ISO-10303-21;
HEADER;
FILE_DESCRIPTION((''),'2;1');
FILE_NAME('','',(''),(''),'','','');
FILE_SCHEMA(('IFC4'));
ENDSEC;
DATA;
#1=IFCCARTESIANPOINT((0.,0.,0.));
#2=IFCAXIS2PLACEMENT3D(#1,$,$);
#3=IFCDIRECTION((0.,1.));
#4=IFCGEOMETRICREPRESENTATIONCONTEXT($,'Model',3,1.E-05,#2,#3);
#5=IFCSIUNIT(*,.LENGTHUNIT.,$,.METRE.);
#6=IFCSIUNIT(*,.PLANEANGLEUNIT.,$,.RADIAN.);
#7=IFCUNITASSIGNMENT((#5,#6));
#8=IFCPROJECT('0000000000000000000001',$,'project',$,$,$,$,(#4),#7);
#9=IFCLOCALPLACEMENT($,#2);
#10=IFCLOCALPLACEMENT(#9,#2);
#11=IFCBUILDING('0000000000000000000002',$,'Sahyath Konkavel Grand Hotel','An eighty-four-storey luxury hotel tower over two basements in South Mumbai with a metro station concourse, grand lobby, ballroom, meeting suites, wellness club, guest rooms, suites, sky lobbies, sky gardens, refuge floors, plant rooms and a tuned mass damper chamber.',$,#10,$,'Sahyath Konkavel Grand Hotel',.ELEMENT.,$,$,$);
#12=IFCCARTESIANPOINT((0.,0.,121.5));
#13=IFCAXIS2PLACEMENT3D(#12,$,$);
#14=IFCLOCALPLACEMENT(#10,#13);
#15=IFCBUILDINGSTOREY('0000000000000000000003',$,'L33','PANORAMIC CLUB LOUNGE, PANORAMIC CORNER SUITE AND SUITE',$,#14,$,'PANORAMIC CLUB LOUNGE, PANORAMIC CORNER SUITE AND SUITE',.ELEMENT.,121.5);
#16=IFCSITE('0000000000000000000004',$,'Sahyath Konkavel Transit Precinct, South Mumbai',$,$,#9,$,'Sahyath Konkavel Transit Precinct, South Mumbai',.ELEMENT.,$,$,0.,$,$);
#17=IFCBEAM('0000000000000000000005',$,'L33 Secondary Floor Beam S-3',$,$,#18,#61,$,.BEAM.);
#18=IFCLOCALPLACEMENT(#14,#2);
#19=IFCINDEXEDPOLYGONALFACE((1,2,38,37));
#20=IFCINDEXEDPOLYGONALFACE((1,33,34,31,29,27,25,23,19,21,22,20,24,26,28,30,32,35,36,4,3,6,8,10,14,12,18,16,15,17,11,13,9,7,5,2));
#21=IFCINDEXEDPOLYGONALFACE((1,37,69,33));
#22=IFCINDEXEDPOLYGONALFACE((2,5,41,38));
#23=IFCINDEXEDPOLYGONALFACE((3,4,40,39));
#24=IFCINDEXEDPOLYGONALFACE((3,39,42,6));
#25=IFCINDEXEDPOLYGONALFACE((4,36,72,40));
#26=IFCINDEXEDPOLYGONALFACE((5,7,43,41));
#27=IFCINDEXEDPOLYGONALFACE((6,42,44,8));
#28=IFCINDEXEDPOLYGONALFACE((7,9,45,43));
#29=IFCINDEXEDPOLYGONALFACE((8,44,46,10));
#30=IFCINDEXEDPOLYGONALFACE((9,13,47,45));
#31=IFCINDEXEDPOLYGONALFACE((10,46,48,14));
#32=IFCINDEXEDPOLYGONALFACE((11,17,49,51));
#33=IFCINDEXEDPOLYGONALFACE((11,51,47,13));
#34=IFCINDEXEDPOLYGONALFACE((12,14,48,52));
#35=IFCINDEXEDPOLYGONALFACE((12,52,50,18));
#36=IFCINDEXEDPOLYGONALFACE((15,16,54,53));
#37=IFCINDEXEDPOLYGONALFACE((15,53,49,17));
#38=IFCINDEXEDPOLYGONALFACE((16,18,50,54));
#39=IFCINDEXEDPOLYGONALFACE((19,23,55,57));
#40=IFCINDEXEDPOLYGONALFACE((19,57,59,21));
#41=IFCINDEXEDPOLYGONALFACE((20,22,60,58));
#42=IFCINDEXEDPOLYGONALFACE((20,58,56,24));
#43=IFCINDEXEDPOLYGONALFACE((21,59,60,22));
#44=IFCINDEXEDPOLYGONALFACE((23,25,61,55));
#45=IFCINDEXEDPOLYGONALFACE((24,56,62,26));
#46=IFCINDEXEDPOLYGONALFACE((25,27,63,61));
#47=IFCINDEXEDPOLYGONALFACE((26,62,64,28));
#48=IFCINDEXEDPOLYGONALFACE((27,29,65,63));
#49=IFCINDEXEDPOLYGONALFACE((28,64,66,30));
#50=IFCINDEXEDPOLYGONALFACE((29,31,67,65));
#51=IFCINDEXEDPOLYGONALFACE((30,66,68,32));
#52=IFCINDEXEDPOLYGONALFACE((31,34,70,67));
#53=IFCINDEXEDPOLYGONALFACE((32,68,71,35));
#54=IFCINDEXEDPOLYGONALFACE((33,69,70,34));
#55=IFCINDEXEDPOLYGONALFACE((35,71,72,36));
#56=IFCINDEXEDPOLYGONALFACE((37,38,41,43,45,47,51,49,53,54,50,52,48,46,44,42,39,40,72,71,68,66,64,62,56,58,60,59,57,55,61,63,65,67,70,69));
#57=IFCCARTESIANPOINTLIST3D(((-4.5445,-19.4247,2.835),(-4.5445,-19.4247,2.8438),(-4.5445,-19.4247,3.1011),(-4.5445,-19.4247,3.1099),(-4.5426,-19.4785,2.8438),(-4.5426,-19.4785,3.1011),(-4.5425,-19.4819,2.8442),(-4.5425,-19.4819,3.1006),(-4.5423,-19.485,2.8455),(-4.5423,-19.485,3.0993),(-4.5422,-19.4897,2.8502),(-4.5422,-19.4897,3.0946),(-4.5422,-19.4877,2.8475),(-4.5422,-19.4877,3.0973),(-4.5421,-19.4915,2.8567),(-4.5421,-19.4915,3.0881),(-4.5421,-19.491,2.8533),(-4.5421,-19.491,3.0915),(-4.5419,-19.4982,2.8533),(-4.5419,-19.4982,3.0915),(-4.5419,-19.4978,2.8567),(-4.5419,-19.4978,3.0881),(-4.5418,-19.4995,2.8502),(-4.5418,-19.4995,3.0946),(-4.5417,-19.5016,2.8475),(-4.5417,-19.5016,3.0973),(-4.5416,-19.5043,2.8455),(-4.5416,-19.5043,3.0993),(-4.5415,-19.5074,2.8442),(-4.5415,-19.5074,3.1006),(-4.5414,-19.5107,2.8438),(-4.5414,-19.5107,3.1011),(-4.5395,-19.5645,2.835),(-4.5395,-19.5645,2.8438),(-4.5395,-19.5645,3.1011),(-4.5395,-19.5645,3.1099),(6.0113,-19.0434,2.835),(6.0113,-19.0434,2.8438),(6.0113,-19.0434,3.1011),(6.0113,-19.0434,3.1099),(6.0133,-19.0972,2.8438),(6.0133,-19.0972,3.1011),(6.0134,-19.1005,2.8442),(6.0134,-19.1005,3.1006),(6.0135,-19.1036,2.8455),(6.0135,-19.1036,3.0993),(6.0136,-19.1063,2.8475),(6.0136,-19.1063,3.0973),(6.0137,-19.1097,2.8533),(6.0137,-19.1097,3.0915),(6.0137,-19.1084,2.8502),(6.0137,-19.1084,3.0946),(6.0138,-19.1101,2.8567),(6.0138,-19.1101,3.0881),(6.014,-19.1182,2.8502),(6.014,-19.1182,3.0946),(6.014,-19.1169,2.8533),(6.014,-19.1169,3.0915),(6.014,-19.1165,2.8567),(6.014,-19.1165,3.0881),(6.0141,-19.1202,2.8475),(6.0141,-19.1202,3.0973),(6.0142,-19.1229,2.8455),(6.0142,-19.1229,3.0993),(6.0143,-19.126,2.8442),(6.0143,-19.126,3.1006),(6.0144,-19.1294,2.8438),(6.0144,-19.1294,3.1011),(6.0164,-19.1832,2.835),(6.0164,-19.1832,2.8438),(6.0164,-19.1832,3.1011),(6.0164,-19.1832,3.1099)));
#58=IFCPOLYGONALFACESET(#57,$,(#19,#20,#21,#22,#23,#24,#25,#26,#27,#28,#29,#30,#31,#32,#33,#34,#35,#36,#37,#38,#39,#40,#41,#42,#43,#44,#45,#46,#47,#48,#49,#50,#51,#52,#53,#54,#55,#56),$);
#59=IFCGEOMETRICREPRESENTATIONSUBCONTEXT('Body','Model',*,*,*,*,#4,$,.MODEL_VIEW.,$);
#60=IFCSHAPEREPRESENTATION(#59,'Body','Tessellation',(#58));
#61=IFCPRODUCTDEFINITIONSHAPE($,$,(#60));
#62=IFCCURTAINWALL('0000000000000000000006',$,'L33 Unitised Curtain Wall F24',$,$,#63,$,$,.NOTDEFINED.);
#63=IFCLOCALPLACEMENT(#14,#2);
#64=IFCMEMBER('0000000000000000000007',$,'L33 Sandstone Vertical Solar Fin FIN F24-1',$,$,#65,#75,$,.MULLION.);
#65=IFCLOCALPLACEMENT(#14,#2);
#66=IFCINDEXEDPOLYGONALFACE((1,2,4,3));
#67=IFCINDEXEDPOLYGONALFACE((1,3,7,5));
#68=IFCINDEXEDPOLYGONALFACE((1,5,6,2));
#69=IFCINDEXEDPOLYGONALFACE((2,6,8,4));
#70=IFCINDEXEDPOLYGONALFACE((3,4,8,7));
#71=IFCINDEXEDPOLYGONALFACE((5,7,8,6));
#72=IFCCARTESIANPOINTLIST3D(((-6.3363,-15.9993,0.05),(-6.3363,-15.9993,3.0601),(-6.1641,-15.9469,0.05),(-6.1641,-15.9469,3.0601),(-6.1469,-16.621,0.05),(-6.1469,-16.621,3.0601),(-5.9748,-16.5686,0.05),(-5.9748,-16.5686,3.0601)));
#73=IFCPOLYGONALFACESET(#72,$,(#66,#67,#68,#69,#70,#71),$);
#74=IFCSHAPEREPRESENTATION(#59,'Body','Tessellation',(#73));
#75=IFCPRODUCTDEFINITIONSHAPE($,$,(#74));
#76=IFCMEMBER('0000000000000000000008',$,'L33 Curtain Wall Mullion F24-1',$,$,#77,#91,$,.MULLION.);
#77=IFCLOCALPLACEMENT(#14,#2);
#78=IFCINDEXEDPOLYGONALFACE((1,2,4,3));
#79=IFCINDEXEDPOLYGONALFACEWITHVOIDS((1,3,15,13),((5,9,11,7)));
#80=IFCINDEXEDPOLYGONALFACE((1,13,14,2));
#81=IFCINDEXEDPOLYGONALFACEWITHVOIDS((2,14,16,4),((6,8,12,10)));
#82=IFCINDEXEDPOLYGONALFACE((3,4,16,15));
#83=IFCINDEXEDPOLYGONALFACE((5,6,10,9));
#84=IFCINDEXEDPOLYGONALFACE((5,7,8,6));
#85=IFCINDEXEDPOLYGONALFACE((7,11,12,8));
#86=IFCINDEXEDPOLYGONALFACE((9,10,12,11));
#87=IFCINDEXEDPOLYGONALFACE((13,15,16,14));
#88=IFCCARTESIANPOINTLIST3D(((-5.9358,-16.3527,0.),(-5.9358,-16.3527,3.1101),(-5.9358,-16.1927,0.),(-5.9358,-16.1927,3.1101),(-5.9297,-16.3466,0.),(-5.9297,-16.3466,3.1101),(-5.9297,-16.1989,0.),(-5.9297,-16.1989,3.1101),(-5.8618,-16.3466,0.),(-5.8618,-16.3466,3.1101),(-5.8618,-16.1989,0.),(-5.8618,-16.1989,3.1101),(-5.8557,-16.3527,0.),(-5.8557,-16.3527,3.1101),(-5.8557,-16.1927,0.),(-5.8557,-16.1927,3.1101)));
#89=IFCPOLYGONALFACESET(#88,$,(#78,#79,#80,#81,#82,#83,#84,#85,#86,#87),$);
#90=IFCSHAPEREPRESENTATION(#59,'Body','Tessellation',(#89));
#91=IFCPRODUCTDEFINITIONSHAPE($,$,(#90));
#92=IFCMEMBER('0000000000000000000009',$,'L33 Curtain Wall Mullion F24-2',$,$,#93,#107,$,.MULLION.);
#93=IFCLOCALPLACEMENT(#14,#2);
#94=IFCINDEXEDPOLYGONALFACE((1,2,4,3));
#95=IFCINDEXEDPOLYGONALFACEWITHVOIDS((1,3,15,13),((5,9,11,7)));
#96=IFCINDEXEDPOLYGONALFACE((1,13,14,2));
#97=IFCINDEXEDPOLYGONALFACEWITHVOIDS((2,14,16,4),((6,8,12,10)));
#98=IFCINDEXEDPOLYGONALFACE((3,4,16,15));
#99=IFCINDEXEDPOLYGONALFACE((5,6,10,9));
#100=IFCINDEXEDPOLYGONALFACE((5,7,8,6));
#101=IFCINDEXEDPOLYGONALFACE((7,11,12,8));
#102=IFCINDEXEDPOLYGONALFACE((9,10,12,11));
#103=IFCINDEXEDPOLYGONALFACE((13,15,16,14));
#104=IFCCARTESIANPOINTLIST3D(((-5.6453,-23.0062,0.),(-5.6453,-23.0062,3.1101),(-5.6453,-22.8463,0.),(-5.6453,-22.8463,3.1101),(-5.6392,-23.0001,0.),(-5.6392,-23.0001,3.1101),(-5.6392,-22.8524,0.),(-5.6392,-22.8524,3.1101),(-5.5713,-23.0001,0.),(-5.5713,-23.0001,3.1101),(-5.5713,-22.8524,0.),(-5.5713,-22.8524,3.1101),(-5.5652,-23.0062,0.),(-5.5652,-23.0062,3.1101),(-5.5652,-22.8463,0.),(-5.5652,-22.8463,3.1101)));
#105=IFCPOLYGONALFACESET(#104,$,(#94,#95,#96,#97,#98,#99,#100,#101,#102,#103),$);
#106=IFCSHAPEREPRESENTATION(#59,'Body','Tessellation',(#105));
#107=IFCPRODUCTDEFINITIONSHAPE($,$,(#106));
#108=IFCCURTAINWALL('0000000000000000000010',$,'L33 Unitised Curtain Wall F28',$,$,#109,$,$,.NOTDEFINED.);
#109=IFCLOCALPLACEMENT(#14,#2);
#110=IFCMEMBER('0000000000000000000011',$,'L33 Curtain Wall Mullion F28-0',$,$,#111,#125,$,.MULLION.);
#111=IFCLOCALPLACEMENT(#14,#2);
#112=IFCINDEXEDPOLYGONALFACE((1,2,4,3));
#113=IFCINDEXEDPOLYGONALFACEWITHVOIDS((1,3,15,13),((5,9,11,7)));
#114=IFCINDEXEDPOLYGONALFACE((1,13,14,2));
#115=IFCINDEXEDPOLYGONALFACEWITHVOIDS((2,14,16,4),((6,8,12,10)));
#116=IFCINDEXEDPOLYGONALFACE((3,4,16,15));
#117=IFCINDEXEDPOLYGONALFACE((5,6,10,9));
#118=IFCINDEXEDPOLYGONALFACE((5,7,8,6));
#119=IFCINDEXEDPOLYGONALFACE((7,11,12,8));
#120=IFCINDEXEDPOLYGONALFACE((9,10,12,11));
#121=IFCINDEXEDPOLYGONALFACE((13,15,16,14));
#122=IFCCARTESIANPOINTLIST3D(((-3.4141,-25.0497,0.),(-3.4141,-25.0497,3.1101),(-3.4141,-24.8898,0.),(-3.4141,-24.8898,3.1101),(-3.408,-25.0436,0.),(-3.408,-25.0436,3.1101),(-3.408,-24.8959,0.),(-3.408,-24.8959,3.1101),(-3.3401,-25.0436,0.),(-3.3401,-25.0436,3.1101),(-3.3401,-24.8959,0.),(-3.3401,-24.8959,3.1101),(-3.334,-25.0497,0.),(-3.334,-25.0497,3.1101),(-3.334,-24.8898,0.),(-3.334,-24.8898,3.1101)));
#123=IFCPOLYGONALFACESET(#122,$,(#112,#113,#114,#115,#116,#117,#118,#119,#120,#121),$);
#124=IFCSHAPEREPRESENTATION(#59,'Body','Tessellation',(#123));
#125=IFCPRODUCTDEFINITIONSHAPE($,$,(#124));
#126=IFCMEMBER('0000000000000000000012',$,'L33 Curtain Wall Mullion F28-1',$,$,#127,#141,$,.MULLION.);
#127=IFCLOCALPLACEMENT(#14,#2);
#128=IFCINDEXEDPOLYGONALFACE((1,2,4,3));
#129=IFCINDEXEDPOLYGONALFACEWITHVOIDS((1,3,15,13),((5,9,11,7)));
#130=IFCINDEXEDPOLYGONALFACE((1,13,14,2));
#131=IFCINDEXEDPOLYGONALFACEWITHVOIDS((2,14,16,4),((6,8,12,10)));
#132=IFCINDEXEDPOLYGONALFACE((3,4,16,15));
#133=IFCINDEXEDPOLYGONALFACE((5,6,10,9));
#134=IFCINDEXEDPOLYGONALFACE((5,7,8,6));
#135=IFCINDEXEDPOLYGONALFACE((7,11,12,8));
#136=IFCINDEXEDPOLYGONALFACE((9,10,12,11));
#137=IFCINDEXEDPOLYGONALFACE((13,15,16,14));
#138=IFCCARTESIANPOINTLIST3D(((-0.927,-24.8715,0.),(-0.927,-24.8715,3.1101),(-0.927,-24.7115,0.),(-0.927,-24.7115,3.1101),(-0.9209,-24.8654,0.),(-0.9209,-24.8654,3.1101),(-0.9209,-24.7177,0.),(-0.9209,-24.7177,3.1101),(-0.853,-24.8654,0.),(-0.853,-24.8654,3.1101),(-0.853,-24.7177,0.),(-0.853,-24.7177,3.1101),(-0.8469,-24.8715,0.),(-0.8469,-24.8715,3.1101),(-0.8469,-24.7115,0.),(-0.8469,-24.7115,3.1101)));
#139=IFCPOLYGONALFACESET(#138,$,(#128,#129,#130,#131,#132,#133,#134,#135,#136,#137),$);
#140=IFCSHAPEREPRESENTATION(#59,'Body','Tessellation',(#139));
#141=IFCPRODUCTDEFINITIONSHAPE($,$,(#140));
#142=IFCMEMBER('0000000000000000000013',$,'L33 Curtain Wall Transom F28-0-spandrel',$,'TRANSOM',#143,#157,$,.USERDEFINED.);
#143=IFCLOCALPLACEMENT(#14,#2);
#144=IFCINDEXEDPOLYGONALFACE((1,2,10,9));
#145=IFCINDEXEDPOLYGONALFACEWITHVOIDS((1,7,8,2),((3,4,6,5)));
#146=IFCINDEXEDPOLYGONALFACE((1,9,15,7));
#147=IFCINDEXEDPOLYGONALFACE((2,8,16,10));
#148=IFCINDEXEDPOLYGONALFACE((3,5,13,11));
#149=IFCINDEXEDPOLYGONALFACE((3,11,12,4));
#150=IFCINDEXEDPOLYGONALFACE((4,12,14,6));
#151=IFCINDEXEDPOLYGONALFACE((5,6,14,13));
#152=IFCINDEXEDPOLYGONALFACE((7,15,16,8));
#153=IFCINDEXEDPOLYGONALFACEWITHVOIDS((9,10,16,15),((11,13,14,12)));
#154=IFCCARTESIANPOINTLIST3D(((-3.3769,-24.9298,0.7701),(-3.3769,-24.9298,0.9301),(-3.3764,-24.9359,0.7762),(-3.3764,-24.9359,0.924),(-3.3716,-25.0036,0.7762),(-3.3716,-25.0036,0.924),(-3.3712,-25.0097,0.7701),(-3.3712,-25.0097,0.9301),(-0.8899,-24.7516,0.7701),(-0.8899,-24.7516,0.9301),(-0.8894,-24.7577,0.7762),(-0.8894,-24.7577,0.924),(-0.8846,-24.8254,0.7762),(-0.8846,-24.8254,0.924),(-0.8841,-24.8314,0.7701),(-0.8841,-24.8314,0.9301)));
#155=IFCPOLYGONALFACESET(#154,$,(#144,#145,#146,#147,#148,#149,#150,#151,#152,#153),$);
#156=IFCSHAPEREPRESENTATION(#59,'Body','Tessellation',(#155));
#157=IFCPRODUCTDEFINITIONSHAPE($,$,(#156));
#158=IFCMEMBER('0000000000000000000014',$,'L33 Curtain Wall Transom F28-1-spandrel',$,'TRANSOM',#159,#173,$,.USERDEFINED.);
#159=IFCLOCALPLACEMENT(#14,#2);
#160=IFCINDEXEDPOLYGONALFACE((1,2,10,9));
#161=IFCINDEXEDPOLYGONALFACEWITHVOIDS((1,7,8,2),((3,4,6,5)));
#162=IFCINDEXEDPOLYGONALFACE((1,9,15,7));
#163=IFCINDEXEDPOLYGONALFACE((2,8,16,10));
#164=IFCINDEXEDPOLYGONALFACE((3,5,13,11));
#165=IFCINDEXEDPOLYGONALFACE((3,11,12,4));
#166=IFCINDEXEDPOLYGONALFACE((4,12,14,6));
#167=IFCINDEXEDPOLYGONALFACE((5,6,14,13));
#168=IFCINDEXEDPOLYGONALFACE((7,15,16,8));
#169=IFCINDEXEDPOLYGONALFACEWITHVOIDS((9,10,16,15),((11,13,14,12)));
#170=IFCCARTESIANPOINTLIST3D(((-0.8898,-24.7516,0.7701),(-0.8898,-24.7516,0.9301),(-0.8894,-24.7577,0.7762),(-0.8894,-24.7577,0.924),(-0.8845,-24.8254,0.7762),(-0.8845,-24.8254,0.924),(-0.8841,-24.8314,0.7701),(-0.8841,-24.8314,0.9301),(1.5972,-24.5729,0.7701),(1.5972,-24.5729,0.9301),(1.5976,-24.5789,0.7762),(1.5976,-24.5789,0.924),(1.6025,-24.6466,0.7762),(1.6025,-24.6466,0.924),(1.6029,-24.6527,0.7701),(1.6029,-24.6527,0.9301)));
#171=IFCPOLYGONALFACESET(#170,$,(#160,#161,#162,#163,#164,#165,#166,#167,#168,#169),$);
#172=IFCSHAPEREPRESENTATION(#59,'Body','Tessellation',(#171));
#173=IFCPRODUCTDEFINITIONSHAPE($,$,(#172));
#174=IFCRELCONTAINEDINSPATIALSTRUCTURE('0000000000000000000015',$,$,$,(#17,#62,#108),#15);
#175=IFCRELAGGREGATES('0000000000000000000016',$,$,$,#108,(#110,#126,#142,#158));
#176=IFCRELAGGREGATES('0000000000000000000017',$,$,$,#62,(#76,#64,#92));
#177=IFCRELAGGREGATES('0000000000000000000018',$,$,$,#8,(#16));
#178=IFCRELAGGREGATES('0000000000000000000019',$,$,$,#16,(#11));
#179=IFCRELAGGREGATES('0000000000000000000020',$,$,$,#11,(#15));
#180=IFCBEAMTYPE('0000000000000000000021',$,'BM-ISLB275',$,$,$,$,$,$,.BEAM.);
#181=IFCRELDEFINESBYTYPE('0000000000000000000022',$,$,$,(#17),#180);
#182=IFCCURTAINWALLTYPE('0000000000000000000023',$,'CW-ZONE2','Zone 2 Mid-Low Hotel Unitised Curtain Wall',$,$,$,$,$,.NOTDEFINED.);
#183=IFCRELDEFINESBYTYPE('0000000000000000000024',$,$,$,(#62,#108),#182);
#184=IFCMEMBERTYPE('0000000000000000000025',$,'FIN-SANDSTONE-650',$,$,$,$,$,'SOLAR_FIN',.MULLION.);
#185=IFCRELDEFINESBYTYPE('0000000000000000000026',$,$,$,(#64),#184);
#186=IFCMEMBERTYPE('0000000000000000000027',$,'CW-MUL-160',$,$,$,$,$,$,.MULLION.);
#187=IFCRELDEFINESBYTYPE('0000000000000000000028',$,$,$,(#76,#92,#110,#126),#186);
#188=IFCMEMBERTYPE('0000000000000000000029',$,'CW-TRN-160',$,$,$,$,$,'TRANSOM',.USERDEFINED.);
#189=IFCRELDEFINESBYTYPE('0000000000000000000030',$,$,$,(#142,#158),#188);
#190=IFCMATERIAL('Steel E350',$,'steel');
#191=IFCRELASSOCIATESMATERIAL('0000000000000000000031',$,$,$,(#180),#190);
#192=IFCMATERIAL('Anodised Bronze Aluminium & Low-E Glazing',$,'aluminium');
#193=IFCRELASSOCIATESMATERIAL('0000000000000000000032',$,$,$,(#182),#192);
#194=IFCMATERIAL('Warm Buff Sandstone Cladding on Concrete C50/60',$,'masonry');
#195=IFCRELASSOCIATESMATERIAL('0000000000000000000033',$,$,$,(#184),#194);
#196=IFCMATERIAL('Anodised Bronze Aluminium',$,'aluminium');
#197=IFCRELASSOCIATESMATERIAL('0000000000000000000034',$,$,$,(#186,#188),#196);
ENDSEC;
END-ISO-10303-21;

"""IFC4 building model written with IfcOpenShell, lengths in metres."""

from ifc_helpers import new_model, si_unit, direction, frame, origin, origin_2d, place, context, subcontext, project, spatial, rectangle, hollow_rectangle, i_section, extrude, source, transform, mapped, material, material_profile, profile_set, type_object, element, aggregate, save


model = new_model("IFC4")

# Units and contexts
model_context = context("Model", 3, precision=1e-05, world=origin(), true_north=direction((0.0, 1.0)))
body_context = subcontext(model_context, "Body", "Model", "MODEL_VIEW")
ifc_project = project(units=[si_unit("LENGTHUNIT", "METRE"), si_unit("PLANEANGLEUNIT", "RADIAN")], contexts=[model_context])

# Site, building, storey
site_placement = place(None, origin())
site = spatial("IfcSite", under=ifc_project, at=site_placement, Name="Sahyath Konkavel Transit Precinct, South Mumbai", LongName="Sahyath Konkavel Transit Precinct, South Mumbai", CompositionType="ELEMENT", RefElevation=0.0)
building_placement = place(site_placement, origin())
building = spatial("IfcBuilding", under=site, at=building_placement, Name="Sahyath Konkavel Grand Hotel", Description="An eighty-four-storey luxury hotel tower over two basements in South Mumbai with a metro station concourse, grand lobby, ballroom, meeting suites, wellness club, guest rooms, suites, sky lobbies, sky gardens, refuge floors, plant rooms and a tuned mass damper chamber.", LongName="Sahyath Konkavel Grand Hotel", CompositionType="ELEMENT")
storey_placement = place(building_placement, frame((0.0, 0.0, 121.5)))
storey = spatial("IfcBuildingStorey", under=building, at=storey_placement, Name="L33", Description="PANORAMIC CLUB LOUNGE, PANORAMIC CORNER SUITE AND SUITE", LongName="PANORAMIC CLUB LOUNGE, PANORAMIC CORNER SUITE AND SUITE", CompositionType="ELEMENT", Elevation=121.5)

# Beam
ifc_material_1 = material(Name="Steel E350", Category="steel")
ifc_material_profile_1 = material_profile(ifc_material_1, i_section(OverallWidth=0.1399, OverallDepth=0.2749, WebThickness=0.0063, FlangeThickness=0.0088, FilletRadius=0.0129, at=origin_2d()), Name="ISLB 275")
ifc_profile_set_1 = profile_set([ifc_material_profile_1], Name="Steel E350")
beam_type_1 = type_object("IfcBeamType", Name="BM-ISLB275", PredefinedType="BEAM", material=ifc_profile_set_1)
shared_shape_1 = source(origin(), body_context, "Body", "SweptSolid", [
    extrude(i_section(OverallWidth=0.1399, OverallDepth=0.2749, WebThickness=0.0063, FlangeThickness=0.0088, FilletRadius=0.0129, at=origin_2d()), origin(), (0.0, 0.0, 1.0), 10.5627),
])
beam_1_placement = place(storey_placement, frame((-4.542, -19.4946, 2.9724), z_axis=(0.999348, 0.036103, 0.0), x_axis=(-0.036103, 0.999348, 0.0)))
element("IfcBeam", 1, at=beam_1_placement, inside=storey, type_object=beam_type_1, Name="L33 Secondary Floor Beam S-3", PredefinedType="BEAM", context=body_context, shape_type="MappedRepresentation", body=[
    mapped(shared_shape_1, transform((0.0, 0.0, 0.0), scale=1.0)),
])

# Curtain walls, members
ifc_material_2 = material(Name="Anodised Bronze Aluminium & Low-E Glazing", Category="aluminium")
curtain_wall_type = type_object("IfcCurtainWallType", Name="CW-ZONE2", Description="Zone 2 Mid-Low Hotel Unitised Curtain Wall", PredefinedType="NOTDEFINED", material=ifc_material_2)
curtain_wall_1_placement = place(storey_placement, origin())
curtain_wall_1 = element("IfcCurtainWall", 2, at=curtain_wall_1_placement, inside=storey, type_object=curtain_wall_type, Name="L33 Unitised Curtain Wall F24", PredefinedType="NOTDEFINED")
ifc_material_3 = material(Name="Warm Buff Sandstone Cladding on Concrete C50/60", Category="masonry")
ifc_material_profile_2 = material_profile(ifc_material_3, rectangle(XDim=0.1799, YDim=0.6499, at=origin_2d()), Name="FIN 180x650")
ifc_profile_set_2 = profile_set([ifc_material_profile_2], Name="Warm Buff Sandstone Cladding on Concrete C50/60")
member_type_1 = type_object("IfcMemberType", Name="FIN-SANDSTONE-650", ElementType="SOLAR_FIN", PredefinedType="MULLION", material=ifc_profile_set_2)
shared_shape_2 = source(origin(), body_context, "Body", "SweptSolid", [
    extrude(rectangle(XDim=0.1799, YDim=0.6499, at=origin_2d()), origin(), (0.0, 0.0, 1.0), 3.01),
])
member_1_placement = place(storey_placement, frame((-6.1555, -16.2839, 0.05), z_axis=(0.0, 0.0, 1.0), x_axis=(0.95661, 0.29137, 0.0)))
member_1 = element("IfcMember", 3, at=member_1_placement, type_object=member_type_1, Name="L33 Sandstone Vertical Solar Fin FIN F24-1", PredefinedType="MULLION", context=body_context, shape_type="MappedRepresentation", body=[
    mapped(shared_shape_2, transform((0.0, 0.0, 0.0), scale=1.0)),
])
ifc_material_4 = material(Name="Anodised Bronze Aluminium", Category="aluminium")
ifc_material_profile_3 = material_profile(ifc_material_4, hollow_rectangle(XDim=0.0801, YDim=0.1599, WallThickness=0.0061, at=origin_2d()), Name="RHS 160x80x6")
ifc_profile_set_3 = profile_set([ifc_material_profile_3], Name="Anodised Bronze Aluminium")
member_type_2 = type_object("IfcMemberType", Name="CW-MUL-160", PredefinedType="MULLION", material=ifc_profile_set_3)
shared_shape_3 = source(origin(), body_context, "Body", "SweptSolid", [
    extrude(hollow_rectangle(XDim=0.0801, YDim=0.1599, WallThickness=0.0061, at=origin_2d()), origin(), (0.0, 0.0, 1.0), 3.1101),
])
member_2_placement = place(storey_placement, frame((-5.8958, -16.2727, 0.0), z_axis=(0.0, 0.0, 1.0), x_axis=(1.0, 0.0, 0.0)))
member_2 = element("IfcMember", 4, at=member_2_placement, type_object=member_type_2, Name="L33 Curtain Wall Mullion F24-1", PredefinedType="MULLION", context=body_context, shape_type="MappedRepresentation", body=[
    mapped(shared_shape_3, transform((0.0, 0.0, 0.0), scale=1.0)),
])
member_3_placement = place(storey_placement, frame((-5.6052, -22.9263, 0.0), z_axis=(0.0, 0.0, 1.0), x_axis=(1.0, 0.0, 0.0)))
member_3 = element("IfcMember", 5, at=member_3_placement, type_object=member_type_2, Name="L33 Curtain Wall Mullion F24-2", PredefinedType="MULLION", context=body_context, shape_type="MappedRepresentation", body=[
    mapped(shared_shape_3, transform((0.0, 0.0, 0.0), scale=1.0)),
])
curtain_wall_2_placement = place(storey_placement, origin())
curtain_wall_2 = element("IfcCurtainWall", 6, at=curtain_wall_2_placement, inside=storey, type_object=curtain_wall_type, Name="L33 Unitised Curtain Wall F28", PredefinedType="NOTDEFINED")
member_4_placement = place(storey_placement, frame((-3.374, -24.9697, 0.0), z_axis=(0.0, 0.0, 1.0), x_axis=(1.0, 0.0, 0.0)))
member_4 = element("IfcMember", 7, at=member_4_placement, type_object=member_type_2, Name="L33 Curtain Wall Mullion F28-0", PredefinedType="MULLION", context=body_context, shape_type="MappedRepresentation", body=[
    mapped(shared_shape_3, transform((0.0, 0.0, 0.0), scale=1.0)),
])
member_5_placement = place(storey_placement, frame((-0.887, -24.7915, 0.0), z_axis=(0.0, 0.0, 1.0), x_axis=(1.0, 0.0, 0.0)))
member_5 = element("IfcMember", 8, at=member_5_placement, type_object=member_type_2, Name="L33 Curtain Wall Mullion F28-1", PredefinedType="MULLION", context=body_context, shape_type="MappedRepresentation", body=[
    mapped(shared_shape_3, transform((0.0, 0.0, 0.0), scale=1.0)),
])
ifc_material_profile_4 = material_profile(ifc_material_4, hollow_rectangle(XDim=0.0801, YDim=0.1599, WallThickness=0.0061, at=origin_2d()), Name="RHS 160x80x6")
ifc_profile_set_4 = profile_set([ifc_material_profile_4], Name="Anodised Bronze Aluminium")
member_type_3 = type_object("IfcMemberType", Name="CW-TRN-160", ElementType="TRANSOM", PredefinedType="USERDEFINED", material=ifc_profile_set_4)
shared_shape_4 = source(origin(), body_context, "Body", "SweptSolid", [
    extrude(hollow_rectangle(XDim=0.0801, YDim=0.1599, WallThickness=0.0061, at=origin_2d()), origin(), (0.0, 0.0, 1.0), 2.4934),
])
member_6_placement = place(storey_placement, frame((-3.374, -24.9697, 0.8501), z_axis=(0.997442, 0.071477, 0.0), x_axis=(-0.071477, 0.997442, 0.0)))
member_6 = element("IfcMember", 9, at=member_6_placement, type_object=member_type_3, Name="L33 Curtain Wall Transom F28-0-spandrel", ObjectType="TRANSOM", PredefinedType="USERDEFINED", context=body_context, shape_type="MappedRepresentation", body=[
    mapped(shared_shape_4, transform((0.0, 0.0, 0.0), scale=1.0)),
])
member_7_placement = place(storey_placement, frame((-0.887, -24.7915, 0.8501), z_axis=(0.997428, 0.071671, 0.0), x_axis=(-0.071671, 0.997428, 0.0)))
member_7 = element("IfcMember", 10, at=member_7_placement, type_object=member_type_3, Name="L33 Curtain Wall Transom F28-1-spandrel", ObjectType="TRANSOM", PredefinedType="USERDEFINED", context=body_context, shape_type="MappedRepresentation", body=[
    mapped(shared_shape_4, transform((0.0, 0.0, 0.0), scale=1.0)),
])

aggregate(curtain_wall_2, [member_4, member_5, member_6, member_7])
aggregate(curtain_wall_1, [member_2, member_1, member_3])

save(model, "model.ifc")
